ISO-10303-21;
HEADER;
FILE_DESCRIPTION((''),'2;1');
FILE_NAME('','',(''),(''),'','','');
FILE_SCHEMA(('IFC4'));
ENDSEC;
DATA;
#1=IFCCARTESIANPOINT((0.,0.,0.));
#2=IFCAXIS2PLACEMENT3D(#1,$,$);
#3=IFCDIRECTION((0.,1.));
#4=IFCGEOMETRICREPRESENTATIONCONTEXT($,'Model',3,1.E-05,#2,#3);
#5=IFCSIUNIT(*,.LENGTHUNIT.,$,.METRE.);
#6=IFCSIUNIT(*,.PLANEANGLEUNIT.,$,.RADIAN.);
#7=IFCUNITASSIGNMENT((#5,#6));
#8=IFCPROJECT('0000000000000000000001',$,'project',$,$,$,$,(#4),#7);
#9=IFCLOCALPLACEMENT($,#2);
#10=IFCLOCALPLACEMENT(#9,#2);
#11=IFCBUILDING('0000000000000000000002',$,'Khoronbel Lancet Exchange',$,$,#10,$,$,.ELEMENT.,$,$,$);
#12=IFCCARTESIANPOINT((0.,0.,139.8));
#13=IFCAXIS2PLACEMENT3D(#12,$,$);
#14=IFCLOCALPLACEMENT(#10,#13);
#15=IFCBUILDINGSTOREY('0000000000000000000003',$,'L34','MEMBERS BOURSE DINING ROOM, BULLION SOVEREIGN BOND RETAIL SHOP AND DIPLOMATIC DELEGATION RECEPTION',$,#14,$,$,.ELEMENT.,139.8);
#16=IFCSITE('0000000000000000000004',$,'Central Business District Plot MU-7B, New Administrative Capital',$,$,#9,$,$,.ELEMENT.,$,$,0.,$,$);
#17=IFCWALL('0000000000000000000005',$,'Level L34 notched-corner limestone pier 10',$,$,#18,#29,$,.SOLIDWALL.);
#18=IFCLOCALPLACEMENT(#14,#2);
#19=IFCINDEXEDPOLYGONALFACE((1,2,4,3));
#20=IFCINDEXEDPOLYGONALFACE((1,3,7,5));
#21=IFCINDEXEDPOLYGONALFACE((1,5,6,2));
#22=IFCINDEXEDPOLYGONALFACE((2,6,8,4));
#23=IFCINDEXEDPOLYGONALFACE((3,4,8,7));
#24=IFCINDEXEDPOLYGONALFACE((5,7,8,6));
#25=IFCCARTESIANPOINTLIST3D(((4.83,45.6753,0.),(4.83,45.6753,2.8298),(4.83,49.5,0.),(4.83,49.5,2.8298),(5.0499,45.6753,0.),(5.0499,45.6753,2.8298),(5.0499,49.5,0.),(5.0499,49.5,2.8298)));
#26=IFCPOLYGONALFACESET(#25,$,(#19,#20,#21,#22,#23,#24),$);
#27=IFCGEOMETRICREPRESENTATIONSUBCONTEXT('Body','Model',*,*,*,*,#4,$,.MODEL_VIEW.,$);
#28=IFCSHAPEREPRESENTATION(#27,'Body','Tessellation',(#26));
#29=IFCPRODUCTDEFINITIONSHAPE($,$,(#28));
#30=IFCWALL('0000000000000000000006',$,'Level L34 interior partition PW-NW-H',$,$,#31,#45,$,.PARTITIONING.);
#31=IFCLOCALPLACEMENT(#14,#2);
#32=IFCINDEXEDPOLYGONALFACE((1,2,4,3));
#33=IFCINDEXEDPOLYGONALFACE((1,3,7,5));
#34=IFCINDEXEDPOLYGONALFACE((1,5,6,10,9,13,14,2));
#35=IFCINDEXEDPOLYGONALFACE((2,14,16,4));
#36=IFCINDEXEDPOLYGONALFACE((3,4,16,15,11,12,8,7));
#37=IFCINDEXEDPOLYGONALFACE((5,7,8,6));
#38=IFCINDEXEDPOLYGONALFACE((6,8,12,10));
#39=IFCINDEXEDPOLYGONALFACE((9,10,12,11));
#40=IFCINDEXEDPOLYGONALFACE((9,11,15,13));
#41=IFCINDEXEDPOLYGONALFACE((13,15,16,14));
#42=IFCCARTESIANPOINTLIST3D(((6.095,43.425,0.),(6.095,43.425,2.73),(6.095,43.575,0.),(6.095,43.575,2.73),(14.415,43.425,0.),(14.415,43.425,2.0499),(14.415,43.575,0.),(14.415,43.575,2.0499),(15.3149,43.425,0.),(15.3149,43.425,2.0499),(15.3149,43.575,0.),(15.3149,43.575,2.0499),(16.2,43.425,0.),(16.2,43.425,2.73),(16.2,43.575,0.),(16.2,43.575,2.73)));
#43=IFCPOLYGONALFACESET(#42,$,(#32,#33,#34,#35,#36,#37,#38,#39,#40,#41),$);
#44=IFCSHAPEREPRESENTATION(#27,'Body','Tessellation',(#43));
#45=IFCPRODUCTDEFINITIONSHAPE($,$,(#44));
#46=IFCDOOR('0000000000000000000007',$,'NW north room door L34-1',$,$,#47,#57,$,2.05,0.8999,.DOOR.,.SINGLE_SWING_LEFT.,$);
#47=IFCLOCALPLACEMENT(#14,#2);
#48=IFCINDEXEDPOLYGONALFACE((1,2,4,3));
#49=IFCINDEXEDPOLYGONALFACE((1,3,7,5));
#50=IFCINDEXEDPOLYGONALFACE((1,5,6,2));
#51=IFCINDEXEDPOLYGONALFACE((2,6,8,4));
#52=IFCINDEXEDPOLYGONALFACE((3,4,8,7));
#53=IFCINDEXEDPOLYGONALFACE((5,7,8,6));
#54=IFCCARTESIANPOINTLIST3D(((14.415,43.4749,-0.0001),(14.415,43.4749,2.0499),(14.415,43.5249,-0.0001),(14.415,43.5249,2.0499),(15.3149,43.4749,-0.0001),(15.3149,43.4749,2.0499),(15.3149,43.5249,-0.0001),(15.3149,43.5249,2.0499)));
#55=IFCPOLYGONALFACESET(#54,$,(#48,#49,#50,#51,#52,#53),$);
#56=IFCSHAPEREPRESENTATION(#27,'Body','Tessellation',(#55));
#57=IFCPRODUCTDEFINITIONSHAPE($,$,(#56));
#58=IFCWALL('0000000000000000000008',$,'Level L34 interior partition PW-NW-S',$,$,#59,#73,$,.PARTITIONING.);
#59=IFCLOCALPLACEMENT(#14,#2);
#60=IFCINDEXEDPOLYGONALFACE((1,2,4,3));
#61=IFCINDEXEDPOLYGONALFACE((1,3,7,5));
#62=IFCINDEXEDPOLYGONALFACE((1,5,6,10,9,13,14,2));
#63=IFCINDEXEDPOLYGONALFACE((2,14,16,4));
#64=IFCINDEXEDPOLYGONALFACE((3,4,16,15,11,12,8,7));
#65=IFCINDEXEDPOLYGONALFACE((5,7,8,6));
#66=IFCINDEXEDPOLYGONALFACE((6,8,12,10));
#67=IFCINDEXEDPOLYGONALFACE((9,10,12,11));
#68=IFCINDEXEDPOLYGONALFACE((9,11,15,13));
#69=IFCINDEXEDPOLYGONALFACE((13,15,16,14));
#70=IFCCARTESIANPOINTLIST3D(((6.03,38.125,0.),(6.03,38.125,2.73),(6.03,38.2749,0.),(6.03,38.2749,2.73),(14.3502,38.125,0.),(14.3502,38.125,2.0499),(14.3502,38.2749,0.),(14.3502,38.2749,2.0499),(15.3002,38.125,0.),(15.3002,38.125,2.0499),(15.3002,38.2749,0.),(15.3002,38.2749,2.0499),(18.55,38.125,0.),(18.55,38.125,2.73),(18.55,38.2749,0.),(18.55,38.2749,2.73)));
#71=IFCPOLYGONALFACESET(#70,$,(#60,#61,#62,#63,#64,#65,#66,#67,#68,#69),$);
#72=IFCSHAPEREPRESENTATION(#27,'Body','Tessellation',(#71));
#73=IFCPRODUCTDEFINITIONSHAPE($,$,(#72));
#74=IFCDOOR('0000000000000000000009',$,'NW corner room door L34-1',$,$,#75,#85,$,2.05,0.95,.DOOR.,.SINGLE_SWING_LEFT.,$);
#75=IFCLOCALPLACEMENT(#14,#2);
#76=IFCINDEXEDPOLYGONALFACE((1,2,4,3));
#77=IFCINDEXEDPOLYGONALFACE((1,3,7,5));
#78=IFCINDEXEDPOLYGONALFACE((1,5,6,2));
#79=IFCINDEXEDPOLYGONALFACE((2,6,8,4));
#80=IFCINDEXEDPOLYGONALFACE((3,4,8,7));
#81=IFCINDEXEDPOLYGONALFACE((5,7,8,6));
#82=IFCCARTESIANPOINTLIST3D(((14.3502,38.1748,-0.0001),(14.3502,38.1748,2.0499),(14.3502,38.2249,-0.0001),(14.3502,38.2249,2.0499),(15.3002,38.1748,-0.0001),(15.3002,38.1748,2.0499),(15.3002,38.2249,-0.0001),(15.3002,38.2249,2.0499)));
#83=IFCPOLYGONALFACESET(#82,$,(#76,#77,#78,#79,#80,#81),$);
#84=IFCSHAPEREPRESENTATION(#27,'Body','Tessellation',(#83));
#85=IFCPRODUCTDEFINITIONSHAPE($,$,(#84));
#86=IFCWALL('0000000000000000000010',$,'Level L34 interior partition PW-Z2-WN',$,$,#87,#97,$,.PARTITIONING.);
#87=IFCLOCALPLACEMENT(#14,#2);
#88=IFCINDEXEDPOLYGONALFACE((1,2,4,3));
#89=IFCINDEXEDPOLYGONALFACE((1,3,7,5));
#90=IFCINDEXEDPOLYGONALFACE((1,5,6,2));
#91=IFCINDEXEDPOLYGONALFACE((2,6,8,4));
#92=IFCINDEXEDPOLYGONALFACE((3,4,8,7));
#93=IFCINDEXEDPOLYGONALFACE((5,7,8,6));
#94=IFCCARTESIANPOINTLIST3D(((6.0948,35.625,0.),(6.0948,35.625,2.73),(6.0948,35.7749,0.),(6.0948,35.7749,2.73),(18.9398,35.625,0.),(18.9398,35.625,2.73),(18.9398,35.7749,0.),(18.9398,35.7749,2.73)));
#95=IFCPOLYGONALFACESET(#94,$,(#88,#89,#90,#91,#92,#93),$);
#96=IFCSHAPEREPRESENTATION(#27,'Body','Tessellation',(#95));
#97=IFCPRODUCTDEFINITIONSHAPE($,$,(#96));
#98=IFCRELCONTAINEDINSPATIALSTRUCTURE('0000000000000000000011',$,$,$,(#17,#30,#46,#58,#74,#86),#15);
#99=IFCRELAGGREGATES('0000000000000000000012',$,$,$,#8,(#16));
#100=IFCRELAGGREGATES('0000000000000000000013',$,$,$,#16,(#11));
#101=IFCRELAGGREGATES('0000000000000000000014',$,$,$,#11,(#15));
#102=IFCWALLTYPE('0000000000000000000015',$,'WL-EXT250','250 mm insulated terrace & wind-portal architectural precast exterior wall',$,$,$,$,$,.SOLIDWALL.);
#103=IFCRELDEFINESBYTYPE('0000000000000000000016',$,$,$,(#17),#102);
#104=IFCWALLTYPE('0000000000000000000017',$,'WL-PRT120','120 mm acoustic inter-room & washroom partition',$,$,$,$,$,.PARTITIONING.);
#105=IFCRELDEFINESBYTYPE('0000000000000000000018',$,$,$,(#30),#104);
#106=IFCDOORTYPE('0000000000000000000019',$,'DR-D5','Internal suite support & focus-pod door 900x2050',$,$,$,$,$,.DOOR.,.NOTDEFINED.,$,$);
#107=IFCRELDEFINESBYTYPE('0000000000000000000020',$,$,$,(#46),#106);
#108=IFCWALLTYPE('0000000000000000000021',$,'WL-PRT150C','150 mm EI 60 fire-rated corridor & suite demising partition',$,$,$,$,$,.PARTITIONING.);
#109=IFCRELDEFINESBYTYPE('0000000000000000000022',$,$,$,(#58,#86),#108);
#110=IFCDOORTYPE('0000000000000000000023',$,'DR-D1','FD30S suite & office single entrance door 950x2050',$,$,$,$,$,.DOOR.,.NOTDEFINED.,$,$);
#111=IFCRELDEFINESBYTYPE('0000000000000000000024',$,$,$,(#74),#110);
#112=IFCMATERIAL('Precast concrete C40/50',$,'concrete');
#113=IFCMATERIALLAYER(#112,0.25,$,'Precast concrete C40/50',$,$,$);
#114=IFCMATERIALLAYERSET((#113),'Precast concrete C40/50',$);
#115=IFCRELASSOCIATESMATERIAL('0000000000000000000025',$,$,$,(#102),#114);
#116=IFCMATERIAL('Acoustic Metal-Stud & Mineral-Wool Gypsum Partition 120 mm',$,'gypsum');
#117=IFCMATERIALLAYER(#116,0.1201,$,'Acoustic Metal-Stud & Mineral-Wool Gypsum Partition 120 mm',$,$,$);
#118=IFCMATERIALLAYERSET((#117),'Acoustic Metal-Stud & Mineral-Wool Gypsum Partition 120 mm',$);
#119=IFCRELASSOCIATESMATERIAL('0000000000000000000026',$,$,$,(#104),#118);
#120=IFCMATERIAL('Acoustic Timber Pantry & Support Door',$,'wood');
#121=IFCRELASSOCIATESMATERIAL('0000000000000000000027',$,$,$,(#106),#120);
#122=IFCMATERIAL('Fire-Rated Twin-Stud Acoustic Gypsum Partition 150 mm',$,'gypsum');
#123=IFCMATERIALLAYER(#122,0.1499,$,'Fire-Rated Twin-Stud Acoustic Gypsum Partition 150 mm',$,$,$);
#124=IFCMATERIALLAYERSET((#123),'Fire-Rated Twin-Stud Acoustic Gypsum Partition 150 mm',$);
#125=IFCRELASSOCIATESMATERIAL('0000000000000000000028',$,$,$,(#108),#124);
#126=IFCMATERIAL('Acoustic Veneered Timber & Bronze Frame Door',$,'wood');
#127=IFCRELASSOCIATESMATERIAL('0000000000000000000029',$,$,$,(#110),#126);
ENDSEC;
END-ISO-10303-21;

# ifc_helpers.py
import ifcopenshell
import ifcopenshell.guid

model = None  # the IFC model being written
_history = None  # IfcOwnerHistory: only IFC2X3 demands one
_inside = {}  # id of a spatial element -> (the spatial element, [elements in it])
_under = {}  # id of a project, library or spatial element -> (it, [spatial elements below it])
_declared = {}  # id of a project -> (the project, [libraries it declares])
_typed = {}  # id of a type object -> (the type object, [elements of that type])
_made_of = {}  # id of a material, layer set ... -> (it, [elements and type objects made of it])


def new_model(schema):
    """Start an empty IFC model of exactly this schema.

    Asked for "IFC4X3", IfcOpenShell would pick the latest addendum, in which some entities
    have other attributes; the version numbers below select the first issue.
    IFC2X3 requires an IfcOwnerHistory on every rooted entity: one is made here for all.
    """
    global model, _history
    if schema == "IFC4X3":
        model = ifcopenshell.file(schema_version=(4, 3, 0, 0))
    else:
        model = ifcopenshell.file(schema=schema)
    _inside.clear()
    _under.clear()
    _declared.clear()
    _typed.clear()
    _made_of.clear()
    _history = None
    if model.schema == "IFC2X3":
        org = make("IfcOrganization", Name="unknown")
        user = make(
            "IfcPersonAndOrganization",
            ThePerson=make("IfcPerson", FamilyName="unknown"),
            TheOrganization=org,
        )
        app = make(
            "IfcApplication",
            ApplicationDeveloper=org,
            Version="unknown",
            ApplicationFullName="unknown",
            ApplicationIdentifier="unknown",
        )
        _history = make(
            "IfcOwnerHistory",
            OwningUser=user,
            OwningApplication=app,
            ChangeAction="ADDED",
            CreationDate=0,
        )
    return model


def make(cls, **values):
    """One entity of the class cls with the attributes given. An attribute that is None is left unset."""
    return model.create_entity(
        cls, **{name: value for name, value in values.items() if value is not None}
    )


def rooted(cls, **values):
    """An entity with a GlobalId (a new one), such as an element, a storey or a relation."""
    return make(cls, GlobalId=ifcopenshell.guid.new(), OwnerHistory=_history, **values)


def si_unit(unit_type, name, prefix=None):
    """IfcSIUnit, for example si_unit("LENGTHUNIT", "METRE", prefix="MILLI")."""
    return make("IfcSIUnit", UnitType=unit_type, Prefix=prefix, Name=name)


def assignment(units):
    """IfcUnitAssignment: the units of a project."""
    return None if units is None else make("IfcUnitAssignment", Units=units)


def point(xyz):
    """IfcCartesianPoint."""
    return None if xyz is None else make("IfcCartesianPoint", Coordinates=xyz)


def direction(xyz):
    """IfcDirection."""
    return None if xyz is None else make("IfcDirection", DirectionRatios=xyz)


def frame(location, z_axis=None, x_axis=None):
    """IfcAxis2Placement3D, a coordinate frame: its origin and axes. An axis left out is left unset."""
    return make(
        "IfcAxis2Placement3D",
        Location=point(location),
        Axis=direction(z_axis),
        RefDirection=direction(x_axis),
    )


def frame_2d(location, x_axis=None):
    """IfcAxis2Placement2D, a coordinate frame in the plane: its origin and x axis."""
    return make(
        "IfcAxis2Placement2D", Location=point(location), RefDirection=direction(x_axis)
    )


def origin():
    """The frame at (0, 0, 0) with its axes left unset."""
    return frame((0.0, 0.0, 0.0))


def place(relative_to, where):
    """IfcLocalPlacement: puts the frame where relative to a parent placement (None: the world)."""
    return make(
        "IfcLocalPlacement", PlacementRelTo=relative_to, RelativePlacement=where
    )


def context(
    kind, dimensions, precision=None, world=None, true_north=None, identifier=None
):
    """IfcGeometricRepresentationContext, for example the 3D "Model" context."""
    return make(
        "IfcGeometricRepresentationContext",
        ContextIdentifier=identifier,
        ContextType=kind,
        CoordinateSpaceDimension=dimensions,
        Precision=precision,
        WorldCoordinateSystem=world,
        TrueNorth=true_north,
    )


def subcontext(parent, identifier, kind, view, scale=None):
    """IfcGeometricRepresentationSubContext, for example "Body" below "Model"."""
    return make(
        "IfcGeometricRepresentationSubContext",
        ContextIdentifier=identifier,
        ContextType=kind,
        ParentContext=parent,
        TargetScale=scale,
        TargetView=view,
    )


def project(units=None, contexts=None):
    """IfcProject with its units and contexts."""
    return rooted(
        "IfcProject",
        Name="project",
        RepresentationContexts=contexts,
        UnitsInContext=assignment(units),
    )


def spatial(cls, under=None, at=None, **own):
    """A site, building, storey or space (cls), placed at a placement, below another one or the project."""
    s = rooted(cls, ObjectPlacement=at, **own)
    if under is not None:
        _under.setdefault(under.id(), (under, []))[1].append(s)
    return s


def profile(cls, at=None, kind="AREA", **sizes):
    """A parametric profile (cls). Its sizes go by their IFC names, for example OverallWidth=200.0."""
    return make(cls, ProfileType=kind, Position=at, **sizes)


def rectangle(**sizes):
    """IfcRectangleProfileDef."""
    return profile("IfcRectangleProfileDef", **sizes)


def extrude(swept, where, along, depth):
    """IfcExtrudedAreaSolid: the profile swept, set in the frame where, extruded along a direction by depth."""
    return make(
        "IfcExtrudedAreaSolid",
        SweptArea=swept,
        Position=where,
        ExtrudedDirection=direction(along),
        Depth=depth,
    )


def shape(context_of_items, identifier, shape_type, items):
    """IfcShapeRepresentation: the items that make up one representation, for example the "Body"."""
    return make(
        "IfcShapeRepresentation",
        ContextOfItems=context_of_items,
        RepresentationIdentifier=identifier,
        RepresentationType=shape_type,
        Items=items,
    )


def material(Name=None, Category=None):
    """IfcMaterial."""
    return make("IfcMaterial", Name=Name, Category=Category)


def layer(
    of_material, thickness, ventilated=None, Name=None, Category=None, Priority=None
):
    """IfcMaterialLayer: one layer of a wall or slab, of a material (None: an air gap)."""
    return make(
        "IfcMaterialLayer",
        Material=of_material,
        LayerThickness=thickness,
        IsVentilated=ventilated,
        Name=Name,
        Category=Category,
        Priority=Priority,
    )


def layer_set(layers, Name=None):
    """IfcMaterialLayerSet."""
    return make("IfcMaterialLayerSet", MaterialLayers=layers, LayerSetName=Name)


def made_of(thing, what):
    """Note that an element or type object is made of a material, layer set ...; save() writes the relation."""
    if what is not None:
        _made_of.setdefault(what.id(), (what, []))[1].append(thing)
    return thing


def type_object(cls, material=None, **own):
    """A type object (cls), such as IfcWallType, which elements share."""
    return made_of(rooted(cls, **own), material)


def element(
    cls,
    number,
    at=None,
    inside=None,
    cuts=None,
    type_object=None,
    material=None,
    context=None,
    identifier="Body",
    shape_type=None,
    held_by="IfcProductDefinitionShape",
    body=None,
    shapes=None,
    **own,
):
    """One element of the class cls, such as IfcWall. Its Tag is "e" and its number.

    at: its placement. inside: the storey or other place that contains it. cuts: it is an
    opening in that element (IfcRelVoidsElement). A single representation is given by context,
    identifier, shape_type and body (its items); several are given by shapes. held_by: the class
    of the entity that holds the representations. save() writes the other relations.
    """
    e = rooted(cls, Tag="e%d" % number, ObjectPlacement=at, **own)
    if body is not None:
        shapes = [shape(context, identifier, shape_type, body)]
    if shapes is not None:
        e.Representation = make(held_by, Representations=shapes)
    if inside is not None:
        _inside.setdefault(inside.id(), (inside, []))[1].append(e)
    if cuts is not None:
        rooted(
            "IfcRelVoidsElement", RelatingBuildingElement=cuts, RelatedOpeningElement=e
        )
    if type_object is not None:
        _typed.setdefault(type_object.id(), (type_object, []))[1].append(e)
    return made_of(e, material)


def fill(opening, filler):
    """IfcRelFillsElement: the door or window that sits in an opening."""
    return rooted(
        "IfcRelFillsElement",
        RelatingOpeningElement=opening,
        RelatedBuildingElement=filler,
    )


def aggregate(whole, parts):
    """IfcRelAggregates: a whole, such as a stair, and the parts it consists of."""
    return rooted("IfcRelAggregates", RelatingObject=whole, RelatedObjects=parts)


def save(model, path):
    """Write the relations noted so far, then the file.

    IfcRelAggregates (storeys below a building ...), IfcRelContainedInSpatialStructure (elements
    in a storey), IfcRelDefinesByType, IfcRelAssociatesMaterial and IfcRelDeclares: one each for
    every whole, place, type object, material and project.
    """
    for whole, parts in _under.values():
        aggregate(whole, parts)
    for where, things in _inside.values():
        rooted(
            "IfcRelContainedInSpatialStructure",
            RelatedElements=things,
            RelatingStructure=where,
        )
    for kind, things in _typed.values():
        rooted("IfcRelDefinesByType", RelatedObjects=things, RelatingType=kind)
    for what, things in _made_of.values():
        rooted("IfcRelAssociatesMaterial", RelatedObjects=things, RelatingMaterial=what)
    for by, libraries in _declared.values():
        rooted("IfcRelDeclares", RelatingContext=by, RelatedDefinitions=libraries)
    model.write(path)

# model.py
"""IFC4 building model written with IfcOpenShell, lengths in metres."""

from ifc_helpers import new_model, si_unit, direction, frame, frame_2d, origin, place, context, subcontext, project, spatial, rectangle, extrude, material, layer, layer_set, type_object, element, fill, save


model = new_model("IFC4")

# Units and contexts
model_context = context("Model", 3, precision=1e-05, world=origin(), true_north=direction((0.0, 1.0)))
body_context = subcontext(model_context, "Body", "Model", "MODEL_VIEW")
ifc_project = project(units=[si_unit("LENGTHUNIT", "METRE"), si_unit("PLANEANGLEUNIT", "RADIAN")], contexts=[model_context])

# Site, building, storey
site_placement = place(None, origin())
site = spatial("IfcSite", under=ifc_project, at=site_placement, Name="Central Business District Plot MU-7B, New Administrative Capital", CompositionType="ELEMENT", RefElevation=0.0)
building_placement = place(site_placement, origin())
building = spatial("IfcBuilding", under=site, at=building_placement, Name="Khoronbel Lancet Exchange", CompositionType="ELEMENT")
storey_placement = place(building_placement, frame((0.0, 0.0, 139.8)))
storey = spatial("IfcBuildingStorey", under=building, at=storey_placement, Name="L34", Description="MEMBERS BOURSE DINING ROOM, BULLION SOVEREIGN BOND RETAIL SHOP AND DIPLOMATIC DELEGATION RECEPTION", CompositionType="ELEMENT", Elevation=139.8)

# Wall
ifc_material_1 = material(Name="Precast concrete C40/50", Category="concrete")
ifc_layer_1 = layer(ifc_material_1, 0.25, Name="Precast concrete C40/50")
ifc_layer_set_1 = layer_set([ifc_layer_1], Name="Precast concrete C40/50")
wall_type_1 = type_object("IfcWallType", Name="WL-EXT250", Description="250 mm insulated terrace & wind-portal architectural precast exterior wall", PredefinedType="SOLIDWALL", material=ifc_layer_set_1)
wall_1_placement = place(storey_placement, frame((4.9399, 45.6753, 0.0), z_axis=(0.0, 0.0, 1.0), x_axis=(0.0, 1.0, 0.0)))
element("IfcWall", 1, at=wall_1_placement, inside=storey, type_object=wall_type_1, Name="Level L34 notched-corner limestone pier 10", PredefinedType="SOLIDWALL", context=body_context, shape_type="SweptSolid", body=[
    extrude(rectangle(XDim=3.8247, YDim=0.22, at=frame_2d((1.9124, 0.0))), origin(), (0.0, 0.0, 1.0), 2.8298),
])

# Walls, openings, doors
ifc_material_2 = material(Name="Acoustic Metal-Stud & Mineral-Wool Gypsum Partition 120 mm", Category="gypsum")
ifc_layer_2 = layer(ifc_material_2, 0.1201, Name="Acoustic Metal-Stud & Mineral-Wool Gypsum Partition 120 mm")
ifc_layer_set_2 = layer_set([ifc_layer_2], Name="Acoustic Metal-Stud & Mineral-Wool Gypsum Partition 120 mm")
wall_type_2 = type_object("IfcWallType", Name="WL-PRT120", Description="120 mm acoustic inter-room & washroom partition", PredefinedType="PARTITIONING", material=ifc_layer_set_2)
wall_2_placement = place(storey_placement, frame((6.095, 43.5, 0.0), z_axis=(0.0, 0.0, 1.0), x_axis=(1.0, 0.0, 0.0)))
wall_2 = element("IfcWall", 2, at=wall_2_placement, inside=storey, type_object=wall_type_2, Name="Level L34 interior partition PW-NW-H", PredefinedType="PARTITIONING", context=body_context, shape_type="SweptSolid", body=[
    extrude(rectangle(XDim=10.105, YDim=0.1499, at=frame_2d((5.0525, 0.0))), origin(), (0.0, 0.0, 1.0), 2.73),
])
opening_1_placement = place(wall_2_placement, frame((8.3201, 0.0, 0.0)))
opening_1 = element("IfcOpeningElement", 3, at=opening_1_placement, cuts=wall_2, PredefinedType="OPENING", context=body_context, shape_type="SweptSolid", body=[
    extrude(rectangle(XDim=0.8999, YDim=2.05, at=frame_2d((0.45, 1.0249))), frame((0.0, 0.085, 0.0), z_axis=(0.0, -1.0, 0.0), x_axis=(1.0, 0.0, 0.0)), (0.0, 0.0, 1.0), 0.1699),
])
ifc_material_3 = material(Name="Acoustic Timber Pantry & Support Door", Category="wood")
door_type_1 = type_object("IfcDoorType", Name="DR-D5", Description="Internal suite support & focus-pod door 900x2050", OperationType="NOTDEFINED", PredefinedType="DOOR", material=ifc_material_3)
door_1_placement = place(opening_1_placement, origin())
door_1 = element("IfcDoor", 4, at=door_1_placement, inside=storey, type_object=door_type_1, Name="NW north room door L34-1", OperationType="SINGLE_SWING_LEFT", OverallHeight=2.05, OverallWidth=0.8999, PredefinedType="DOOR", context=body_context, shape_type="SweptSolid", body=[
    extrude(rectangle(XDim=0.8999, YDim=2.05, at=frame_2d((0.45, 1.0249))), frame((0.0, 0.0249, 0.0), z_axis=(0.0, -1.0, 0.0), x_axis=(1.0, 0.0, 0.0)), (0.0, 0.0, 1.0), 0.05),
])
fill(opening_1, door_1)
ifc_material_4 = material(Name="Fire-Rated Twin-Stud Acoustic Gypsum Partition 150 mm", Category="gypsum")
ifc_layer_3 = layer(ifc_material_4, 0.1499, Name="Fire-Rated Twin-Stud Acoustic Gypsum Partition 150 mm")
ifc_layer_set_3 = layer_set([ifc_layer_3], Name="Fire-Rated Twin-Stud Acoustic Gypsum Partition 150 mm")
wall_type_3 = type_object("IfcWallType", Name="WL-PRT150C", Description="150 mm EI 60 fire-rated corridor & suite demising partition", PredefinedType="PARTITIONING", material=ifc_layer_set_3)
wall_3_placement = place(storey_placement, frame((6.03, 38.2, 0.0), z_axis=(0.0, 0.0, 1.0), x_axis=(1.0, 0.0, 0.0)))
wall_3 = element("IfcWall", 5, at=wall_3_placement, inside=storey, type_object=wall_type_3, Name="Level L34 interior partition PW-NW-S", PredefinedType="PARTITIONING", context=body_context, shape_type="SweptSolid", body=[
    extrude(rectangle(XDim=12.52, YDim=0.1499, at=frame_2d((6.26, 0.0))), origin(), (0.0, 0.0, 1.0), 2.73),
])
opening_2_placement = place(wall_3_placement, frame((8.3201, 0.0, 0.0)))
opening_2 = element("IfcOpeningElement", 6, at=opening_2_placement, cuts=wall_3, PredefinedType="OPENING", context=body_context, shape_type="SweptSolid", body=[
    extrude(rectangle(XDim=0.95, YDim=2.05, at=frame_2d((0.4751, 1.0249))), frame((0.0, 0.085, 0.0), z_axis=(0.0, -1.0, 0.0), x_axis=(1.0, 0.0, 0.0)), (0.0, 0.0, 1.0), 0.1699),
])
ifc_material_5 = material(Name="Acoustic Veneered Timber & Bronze Frame Door", Category="wood")
door_type_2 = type_object("IfcDoorType", Name="DR-D1", Description="FD30S suite & office single entrance door 950x2050", OperationType="NOTDEFINED", PredefinedType="DOOR", material=ifc_material_5)
door_2_placement = place(opening_2_placement, origin())
door_2 = element("IfcDoor", 7, at=door_2_placement, inside=storey, type_object=door_type_2, Name="NW corner room door L34-1", OperationType="SINGLE_SWING_LEFT", OverallHeight=2.05, OverallWidth=0.95, PredefinedType="DOOR", context=body_context, shape_type="SweptSolid", body=[
    extrude(rectangle(XDim=0.95, YDim=2.05, at=frame_2d((0.4751, 1.0249))), frame((0.0, 0.0249, 0.0), z_axis=(0.0, -1.0, 0.0), x_axis=(1.0, 0.0, 0.0)), (0.0, 0.0, 1.0), 0.05),
])
fill(opening_2, door_2)

# Wall
wall_4_placement = place(storey_placement, frame((6.095, 35.7, 0.0), z_axis=(0.0, 0.0, 1.0), x_axis=(1.0, 0.0, 0.0)))
element("IfcWall", 8, at=wall_4_placement, inside=storey, type_object=wall_type_3, Name="Level L34 interior partition PW-Z2-WN", PredefinedType="PARTITIONING", context=body_context, shape_type="SweptSolid", body=[
    extrude(rectangle(XDim=12.845, YDim=0.1499, at=frame_2d((6.4224, 0.0))), origin(), (0.0, 0.0, 1.0), 2.73),
])

save(model, "model.ifc")
